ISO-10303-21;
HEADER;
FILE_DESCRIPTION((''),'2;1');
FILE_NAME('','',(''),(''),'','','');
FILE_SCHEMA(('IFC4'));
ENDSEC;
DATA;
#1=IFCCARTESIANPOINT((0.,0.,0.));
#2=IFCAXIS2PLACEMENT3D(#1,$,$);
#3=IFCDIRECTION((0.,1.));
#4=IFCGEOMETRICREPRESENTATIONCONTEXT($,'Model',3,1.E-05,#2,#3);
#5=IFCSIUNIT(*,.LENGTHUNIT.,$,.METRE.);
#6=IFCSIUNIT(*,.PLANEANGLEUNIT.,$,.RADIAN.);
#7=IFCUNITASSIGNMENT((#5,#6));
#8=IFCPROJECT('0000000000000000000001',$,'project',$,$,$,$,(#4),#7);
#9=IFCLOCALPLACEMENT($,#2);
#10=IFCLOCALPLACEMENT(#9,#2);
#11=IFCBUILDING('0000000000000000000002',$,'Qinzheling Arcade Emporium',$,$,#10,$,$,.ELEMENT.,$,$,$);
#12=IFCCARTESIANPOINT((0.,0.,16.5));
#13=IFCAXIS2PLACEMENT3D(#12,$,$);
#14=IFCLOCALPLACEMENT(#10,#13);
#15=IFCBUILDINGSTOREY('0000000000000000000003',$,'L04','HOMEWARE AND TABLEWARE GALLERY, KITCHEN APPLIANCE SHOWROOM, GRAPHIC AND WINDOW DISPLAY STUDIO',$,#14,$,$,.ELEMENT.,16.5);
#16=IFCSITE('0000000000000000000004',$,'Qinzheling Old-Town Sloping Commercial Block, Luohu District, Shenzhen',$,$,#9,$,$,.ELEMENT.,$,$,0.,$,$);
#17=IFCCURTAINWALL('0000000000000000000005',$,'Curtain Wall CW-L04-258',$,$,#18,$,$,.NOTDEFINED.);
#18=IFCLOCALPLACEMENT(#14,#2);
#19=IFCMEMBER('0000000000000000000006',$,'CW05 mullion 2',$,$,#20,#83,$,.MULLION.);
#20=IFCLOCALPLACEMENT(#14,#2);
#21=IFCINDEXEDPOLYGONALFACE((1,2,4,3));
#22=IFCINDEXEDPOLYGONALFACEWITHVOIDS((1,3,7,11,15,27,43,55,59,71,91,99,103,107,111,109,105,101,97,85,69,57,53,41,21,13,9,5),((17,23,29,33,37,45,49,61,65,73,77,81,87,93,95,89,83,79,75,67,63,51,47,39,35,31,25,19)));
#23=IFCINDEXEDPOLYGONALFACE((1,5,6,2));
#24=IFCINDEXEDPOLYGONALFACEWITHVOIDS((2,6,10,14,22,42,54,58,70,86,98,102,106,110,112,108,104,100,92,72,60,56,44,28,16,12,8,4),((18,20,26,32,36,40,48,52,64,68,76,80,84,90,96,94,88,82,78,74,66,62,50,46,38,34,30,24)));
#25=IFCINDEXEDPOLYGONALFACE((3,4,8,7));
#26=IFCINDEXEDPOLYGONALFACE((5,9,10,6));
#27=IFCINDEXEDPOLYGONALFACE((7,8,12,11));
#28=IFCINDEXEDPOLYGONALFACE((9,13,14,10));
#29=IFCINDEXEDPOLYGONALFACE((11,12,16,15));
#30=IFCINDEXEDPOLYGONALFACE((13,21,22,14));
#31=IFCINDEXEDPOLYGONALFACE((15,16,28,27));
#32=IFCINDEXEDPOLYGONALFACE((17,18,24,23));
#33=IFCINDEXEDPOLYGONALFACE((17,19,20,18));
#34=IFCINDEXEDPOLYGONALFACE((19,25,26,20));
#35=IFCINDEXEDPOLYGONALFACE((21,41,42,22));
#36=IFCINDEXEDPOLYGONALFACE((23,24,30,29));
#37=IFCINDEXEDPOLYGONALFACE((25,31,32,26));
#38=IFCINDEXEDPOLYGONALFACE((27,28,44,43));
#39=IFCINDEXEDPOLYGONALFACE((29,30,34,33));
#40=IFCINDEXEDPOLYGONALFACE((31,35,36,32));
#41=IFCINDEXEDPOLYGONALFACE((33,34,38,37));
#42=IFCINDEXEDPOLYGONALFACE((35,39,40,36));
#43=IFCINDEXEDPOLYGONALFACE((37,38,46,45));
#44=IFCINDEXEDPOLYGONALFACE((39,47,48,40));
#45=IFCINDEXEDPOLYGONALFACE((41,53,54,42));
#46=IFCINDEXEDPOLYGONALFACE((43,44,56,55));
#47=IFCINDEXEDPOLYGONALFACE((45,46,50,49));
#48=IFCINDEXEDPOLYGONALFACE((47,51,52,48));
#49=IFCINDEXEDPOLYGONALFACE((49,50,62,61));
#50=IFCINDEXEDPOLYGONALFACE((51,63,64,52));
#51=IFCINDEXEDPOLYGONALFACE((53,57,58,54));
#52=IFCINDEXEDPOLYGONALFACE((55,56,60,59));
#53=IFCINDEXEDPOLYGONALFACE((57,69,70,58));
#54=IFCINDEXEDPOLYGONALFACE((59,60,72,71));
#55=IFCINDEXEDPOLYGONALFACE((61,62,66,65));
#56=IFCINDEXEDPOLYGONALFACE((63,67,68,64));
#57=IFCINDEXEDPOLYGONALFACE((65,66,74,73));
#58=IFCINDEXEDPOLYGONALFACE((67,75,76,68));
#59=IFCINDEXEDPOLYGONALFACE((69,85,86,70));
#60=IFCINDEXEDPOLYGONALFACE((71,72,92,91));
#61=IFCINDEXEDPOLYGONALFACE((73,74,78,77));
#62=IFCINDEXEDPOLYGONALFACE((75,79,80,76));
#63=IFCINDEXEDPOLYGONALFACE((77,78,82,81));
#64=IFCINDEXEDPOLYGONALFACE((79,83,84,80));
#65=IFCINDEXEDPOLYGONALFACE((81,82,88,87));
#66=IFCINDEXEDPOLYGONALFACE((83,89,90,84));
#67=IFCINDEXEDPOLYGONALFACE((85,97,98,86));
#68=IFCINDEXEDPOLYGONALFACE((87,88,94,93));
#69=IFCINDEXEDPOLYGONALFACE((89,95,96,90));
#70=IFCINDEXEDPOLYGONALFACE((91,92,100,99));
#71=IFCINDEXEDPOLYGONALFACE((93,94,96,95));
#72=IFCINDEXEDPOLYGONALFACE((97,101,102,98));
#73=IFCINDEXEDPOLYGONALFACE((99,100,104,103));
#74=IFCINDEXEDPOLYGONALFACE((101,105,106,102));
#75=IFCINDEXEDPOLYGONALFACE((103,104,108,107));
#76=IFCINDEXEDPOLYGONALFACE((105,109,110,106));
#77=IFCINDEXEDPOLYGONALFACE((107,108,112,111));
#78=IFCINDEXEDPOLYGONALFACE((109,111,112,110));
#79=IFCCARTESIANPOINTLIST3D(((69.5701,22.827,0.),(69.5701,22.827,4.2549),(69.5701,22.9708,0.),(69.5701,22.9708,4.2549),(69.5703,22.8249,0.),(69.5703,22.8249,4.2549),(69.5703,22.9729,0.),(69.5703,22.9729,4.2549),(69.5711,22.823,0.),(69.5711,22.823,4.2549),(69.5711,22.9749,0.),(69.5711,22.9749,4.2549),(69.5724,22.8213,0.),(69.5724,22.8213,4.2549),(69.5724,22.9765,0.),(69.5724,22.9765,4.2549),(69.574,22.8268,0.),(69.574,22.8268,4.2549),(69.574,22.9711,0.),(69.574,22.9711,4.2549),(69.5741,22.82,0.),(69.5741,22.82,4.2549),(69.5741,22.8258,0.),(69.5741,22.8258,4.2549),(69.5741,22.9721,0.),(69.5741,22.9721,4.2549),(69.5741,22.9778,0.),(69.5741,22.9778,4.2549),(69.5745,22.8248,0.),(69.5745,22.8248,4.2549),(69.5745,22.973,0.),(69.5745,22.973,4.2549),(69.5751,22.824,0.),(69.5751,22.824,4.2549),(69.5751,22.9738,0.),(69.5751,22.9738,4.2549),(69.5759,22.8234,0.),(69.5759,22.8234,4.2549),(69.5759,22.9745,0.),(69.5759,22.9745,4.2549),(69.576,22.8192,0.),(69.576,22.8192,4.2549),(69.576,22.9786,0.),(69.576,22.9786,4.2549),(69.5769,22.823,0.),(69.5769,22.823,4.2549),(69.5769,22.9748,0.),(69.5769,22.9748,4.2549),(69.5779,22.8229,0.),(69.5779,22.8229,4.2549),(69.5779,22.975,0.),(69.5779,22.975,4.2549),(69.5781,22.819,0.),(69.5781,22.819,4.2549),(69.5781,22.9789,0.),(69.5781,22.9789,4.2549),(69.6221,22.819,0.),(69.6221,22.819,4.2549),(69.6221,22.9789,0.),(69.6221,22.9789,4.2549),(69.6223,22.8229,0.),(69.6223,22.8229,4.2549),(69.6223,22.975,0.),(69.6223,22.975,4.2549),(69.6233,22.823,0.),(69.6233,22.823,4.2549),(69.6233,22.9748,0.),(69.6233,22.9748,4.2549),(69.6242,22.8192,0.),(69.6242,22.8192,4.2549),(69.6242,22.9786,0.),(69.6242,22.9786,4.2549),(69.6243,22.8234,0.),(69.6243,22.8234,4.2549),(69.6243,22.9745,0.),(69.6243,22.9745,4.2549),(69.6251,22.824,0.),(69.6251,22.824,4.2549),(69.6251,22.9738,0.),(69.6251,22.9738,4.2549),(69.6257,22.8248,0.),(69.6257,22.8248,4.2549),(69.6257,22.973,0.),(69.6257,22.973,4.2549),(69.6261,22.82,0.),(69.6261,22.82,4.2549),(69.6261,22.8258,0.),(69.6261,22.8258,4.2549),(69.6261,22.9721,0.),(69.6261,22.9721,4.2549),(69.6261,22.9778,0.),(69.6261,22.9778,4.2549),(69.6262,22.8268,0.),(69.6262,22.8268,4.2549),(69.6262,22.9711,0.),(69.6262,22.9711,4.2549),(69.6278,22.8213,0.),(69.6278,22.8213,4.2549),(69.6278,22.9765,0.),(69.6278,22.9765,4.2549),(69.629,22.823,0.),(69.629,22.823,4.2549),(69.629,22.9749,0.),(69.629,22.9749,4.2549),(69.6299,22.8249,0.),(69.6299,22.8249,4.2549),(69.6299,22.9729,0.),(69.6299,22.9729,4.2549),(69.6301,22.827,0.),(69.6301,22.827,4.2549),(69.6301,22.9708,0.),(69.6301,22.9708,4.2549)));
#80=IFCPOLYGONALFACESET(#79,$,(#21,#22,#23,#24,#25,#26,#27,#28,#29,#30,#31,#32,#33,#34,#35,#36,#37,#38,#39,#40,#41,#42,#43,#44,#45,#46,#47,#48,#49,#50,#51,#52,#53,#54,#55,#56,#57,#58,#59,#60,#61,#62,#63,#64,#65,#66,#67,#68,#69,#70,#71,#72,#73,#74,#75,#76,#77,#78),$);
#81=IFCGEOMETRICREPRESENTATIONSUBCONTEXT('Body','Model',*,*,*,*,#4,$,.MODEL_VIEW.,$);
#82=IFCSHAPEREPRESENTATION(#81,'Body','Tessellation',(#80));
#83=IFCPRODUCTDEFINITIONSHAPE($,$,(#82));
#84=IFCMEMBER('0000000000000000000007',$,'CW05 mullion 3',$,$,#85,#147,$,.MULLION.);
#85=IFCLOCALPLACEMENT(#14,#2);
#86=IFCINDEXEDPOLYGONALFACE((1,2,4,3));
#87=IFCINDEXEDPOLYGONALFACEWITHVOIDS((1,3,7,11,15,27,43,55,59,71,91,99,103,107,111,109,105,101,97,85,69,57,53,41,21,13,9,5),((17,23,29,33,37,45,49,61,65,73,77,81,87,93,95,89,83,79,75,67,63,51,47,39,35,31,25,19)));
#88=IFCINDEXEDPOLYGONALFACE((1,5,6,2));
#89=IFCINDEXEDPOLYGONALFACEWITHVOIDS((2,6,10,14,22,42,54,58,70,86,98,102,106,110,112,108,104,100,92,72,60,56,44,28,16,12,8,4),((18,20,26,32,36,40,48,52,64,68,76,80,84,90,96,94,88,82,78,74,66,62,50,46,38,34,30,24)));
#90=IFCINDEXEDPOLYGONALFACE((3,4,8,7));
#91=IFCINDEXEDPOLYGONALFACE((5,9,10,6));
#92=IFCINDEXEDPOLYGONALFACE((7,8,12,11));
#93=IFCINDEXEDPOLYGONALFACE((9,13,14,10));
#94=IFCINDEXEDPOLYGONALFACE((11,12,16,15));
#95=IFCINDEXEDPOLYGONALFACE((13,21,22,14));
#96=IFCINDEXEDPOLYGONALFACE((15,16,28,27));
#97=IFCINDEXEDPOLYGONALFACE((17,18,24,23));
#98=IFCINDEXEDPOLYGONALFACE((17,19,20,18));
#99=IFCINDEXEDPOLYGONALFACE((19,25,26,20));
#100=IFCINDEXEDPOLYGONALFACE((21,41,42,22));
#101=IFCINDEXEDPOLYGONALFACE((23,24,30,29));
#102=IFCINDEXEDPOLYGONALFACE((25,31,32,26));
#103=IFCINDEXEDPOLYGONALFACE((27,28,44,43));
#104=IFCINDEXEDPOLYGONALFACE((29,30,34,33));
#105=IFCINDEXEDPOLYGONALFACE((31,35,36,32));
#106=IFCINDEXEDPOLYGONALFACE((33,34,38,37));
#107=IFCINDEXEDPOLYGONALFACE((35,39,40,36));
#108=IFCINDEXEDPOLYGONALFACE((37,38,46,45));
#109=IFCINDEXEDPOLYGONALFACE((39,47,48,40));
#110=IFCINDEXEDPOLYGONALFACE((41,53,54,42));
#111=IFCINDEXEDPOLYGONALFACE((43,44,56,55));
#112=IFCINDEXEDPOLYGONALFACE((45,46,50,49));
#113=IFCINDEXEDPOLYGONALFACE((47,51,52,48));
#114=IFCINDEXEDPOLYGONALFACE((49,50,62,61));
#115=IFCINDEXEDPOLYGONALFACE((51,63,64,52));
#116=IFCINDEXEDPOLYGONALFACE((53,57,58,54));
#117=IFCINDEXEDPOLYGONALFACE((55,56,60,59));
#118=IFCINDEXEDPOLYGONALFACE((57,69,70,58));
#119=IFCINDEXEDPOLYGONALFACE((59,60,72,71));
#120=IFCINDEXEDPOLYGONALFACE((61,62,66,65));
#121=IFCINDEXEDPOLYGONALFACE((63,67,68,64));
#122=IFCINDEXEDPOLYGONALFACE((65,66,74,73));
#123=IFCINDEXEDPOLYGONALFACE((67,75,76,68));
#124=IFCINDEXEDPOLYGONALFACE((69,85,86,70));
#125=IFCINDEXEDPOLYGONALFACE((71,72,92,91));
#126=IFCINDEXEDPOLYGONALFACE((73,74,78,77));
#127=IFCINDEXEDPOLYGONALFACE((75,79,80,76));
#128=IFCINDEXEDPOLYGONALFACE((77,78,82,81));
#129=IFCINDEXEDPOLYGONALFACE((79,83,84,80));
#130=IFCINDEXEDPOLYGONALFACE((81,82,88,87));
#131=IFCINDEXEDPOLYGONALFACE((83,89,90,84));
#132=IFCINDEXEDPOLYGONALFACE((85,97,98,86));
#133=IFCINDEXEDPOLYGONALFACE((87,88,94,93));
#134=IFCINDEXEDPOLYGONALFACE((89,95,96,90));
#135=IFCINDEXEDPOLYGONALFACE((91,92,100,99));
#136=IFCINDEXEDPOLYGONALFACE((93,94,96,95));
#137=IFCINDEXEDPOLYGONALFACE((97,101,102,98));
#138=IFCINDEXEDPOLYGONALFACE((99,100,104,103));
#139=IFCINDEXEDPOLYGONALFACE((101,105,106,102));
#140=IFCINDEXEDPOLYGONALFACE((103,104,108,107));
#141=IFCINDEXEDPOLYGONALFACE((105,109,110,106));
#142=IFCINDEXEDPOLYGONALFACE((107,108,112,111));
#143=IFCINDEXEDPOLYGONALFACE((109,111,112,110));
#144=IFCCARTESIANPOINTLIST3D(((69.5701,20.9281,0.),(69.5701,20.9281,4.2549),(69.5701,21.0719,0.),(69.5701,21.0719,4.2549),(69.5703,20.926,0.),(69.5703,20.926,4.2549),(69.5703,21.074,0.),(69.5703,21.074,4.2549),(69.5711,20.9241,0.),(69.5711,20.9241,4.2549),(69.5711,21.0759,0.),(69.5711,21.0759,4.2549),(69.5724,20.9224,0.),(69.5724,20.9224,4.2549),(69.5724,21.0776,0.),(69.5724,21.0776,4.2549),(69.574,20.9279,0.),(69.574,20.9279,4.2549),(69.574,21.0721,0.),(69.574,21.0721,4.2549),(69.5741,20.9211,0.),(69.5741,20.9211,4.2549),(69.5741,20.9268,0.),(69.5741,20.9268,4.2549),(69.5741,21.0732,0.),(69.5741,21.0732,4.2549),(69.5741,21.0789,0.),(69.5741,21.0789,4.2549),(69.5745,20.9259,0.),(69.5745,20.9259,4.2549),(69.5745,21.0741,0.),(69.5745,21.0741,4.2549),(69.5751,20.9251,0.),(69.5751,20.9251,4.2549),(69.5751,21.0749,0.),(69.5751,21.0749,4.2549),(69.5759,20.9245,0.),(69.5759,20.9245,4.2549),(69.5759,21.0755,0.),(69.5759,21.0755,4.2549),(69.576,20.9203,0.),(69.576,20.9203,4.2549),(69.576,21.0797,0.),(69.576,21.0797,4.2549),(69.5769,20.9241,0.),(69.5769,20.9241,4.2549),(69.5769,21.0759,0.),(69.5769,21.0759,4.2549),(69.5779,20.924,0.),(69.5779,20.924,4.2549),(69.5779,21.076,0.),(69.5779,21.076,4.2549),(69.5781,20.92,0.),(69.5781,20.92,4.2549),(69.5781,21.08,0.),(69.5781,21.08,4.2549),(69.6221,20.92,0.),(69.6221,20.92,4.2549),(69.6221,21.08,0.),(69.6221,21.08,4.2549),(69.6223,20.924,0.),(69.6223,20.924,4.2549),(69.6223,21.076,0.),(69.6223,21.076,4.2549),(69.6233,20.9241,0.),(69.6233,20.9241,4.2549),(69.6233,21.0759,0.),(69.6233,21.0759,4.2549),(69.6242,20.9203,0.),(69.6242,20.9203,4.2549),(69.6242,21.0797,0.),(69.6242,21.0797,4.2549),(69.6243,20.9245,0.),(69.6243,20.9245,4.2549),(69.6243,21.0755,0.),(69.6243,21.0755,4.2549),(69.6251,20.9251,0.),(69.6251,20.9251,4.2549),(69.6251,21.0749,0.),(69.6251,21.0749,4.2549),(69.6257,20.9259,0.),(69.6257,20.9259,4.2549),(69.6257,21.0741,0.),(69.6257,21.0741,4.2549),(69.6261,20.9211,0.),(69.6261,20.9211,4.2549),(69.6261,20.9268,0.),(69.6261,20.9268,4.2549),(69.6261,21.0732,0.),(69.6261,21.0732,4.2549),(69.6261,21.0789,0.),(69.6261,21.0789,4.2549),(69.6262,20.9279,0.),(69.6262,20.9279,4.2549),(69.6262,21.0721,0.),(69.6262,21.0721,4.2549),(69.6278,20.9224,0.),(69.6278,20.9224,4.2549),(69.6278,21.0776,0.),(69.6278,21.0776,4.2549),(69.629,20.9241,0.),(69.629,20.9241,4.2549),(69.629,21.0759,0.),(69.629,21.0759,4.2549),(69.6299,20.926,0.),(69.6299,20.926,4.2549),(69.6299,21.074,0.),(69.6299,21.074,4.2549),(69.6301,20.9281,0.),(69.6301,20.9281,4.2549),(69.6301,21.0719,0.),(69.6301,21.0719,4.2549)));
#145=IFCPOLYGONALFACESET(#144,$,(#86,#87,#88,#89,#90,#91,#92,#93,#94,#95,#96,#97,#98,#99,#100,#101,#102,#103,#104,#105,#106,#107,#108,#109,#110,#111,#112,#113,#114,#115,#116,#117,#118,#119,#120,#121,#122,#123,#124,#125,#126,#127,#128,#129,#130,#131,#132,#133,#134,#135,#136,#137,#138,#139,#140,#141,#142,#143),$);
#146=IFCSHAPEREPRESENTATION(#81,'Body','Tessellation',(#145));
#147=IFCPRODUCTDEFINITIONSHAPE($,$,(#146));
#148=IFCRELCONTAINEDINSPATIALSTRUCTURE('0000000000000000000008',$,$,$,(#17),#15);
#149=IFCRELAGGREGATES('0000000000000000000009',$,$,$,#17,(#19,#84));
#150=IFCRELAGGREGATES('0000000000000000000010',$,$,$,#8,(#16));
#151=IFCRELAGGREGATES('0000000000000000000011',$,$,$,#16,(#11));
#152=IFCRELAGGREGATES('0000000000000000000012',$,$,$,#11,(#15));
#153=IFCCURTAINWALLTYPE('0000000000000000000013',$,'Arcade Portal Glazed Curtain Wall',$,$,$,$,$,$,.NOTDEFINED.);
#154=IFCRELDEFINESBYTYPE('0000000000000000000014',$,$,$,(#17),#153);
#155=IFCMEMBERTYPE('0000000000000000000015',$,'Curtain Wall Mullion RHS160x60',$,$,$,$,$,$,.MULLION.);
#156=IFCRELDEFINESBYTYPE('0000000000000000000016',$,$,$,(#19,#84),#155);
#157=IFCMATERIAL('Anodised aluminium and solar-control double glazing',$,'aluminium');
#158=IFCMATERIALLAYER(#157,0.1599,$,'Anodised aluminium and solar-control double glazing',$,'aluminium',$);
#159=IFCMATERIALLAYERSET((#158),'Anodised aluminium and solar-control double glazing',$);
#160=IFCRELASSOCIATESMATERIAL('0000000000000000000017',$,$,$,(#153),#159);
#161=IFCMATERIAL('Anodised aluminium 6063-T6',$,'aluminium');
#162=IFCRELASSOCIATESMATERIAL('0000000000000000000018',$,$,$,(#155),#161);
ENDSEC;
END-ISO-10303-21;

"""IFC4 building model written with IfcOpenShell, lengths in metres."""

from ifc_helpers import new_model, si_unit, direction, frame, origin, origin_2d, place, context, subcontext, project, spatial, hollow_rectangle, extrude, material, layer, layer_set, material_profile, profile_set, type_object, element, aggregate, save


model = new_model("IFC4")

# Units and contexts
model_context = context("Model", 3, precision=1e-05, world=origin(), true_north=direction((0.0, 1.0)))
body_context = subcontext(model_context, "Body", "Model", "MODEL_VIEW")
ifc_project = project(units=[si_unit("LENGTHUNIT", "METRE"), si_unit("PLANEANGLEUNIT", "RADIAN")], contexts=[model_context])

# Site, building, storey
site_placement = place(None, origin())
site = spatial("IfcSite", under=ifc_project, at=site_placement, Name="Qinzheling Old-Town Sloping Commercial Block, Luohu District, Shenzhen", CompositionType="ELEMENT", RefElevation=0.0)
building_placement = place(site_placement, origin())
building = spatial("IfcBuilding", under=site, at=building_placement, Name="Qinzheling Arcade Emporium", CompositionType="ELEMENT")
storey_placement = place(building_placement, frame((0.0, 0.0, 16.5)))
storey = spatial("IfcBuildingStorey", under=building, at=storey_placement, Name="L04", Description="HOMEWARE AND TABLEWARE GALLERY, KITCHEN APPLIANCE SHOWROOM, GRAPHIC AND WINDOW DISPLAY STUDIO", CompositionType="ELEMENT", Elevation=16.5)

# Curtain wall, members
ifc_material_1 = material(Name="Anodised aluminium and solar-control double glazing", Category="aluminium")
ifc_layer_1 = layer(ifc_material_1, 0.1599, Name="Anodised aluminium and solar-control double glazing", Category="aluminium")
ifc_layer_set_1 = layer_set([ifc_layer_1], Name="Anodised aluminium and solar-control double glazing")
curtain_wall_type = type_object("IfcCurtainWallType", Name="Arcade Portal Glazed Curtain Wall", PredefinedType="NOTDEFINED", material=ifc_layer_set_1)
curtain_wall_placement = place(storey_placement, origin())
curtain_wall = element("IfcCurtainWall", 1, at=curtain_wall_placement, inside=storey, type_object=curtain_wall_type, Name="Curtain Wall CW-L04-258", PredefinedType="NOTDEFINED")
ifc_material_2 = material(Name="Anodised aluminium 6063-T6", Category="aluminium")
ifc_material_profile_1 = material_profile(ifc_material_2, hollow_rectangle(XDim=0.0601, YDim=0.1599, WallThickness=0.0039, InnerFilletRadius=0.0039, OuterFilletRadius=0.0081, at=origin_2d()), Name="RHS 160x60x4", Category="aluminium")
ifc_profile_set_1 = profile_set([ifc_material_profile_1], Name="Anodised aluminium 6063-T6")
member_type_1 = type_object("IfcMemberType", Name="Curtain Wall Mullion RHS160x60", PredefinedType="MULLION", material=ifc_profile_set_1)
member_1_placement = place(storey_placement, frame((69.6001, 22.8989, 0.0), z_axis=(0.0, 0.0, 1.0), x_axis=(1.0, 0.0, 0.0)))
member_1 = element("IfcMember", 2, at=member_1_placement, type_object=member_type_1, Name="CW05 mullion 2", PredefinedType="MULLION", context=body_context, shape_type="SweptSolid", body=[
    extrude(hollow_rectangle(XDim=0.0601, YDim=0.1599, WallThickness=0.0039, InnerFilletRadius=0.0039, OuterFilletRadius=0.0081, at=origin_2d()), origin(), (0.0, 0.0, 1.0), 4.2549),
])
member_2_placement = place(storey_placement, frame((69.6001, 21.0, 0.0), z_axis=(0.0, 0.0, 1.0), x_axis=(1.0, 0.0, 0.0)))
member_2 = element("IfcMember", 3, at=member_2_placement, type_object=member_type_1, Name="CW05 mullion 3", PredefinedType="MULLION", context=body_context, shape_type="SweptSolid", body=[
    extrude(hollow_rectangle(XDim=0.0601, YDim=0.1599, WallThickness=0.0039, InnerFilletRadius=0.0039, OuterFilletRadius=0.0081, at=origin_2d()), origin(), (0.0, 0.0, 1.0), 4.2549),
])
aggregate(curtain_wall, [member_1, member_2])

save(model, "model.ifc")
